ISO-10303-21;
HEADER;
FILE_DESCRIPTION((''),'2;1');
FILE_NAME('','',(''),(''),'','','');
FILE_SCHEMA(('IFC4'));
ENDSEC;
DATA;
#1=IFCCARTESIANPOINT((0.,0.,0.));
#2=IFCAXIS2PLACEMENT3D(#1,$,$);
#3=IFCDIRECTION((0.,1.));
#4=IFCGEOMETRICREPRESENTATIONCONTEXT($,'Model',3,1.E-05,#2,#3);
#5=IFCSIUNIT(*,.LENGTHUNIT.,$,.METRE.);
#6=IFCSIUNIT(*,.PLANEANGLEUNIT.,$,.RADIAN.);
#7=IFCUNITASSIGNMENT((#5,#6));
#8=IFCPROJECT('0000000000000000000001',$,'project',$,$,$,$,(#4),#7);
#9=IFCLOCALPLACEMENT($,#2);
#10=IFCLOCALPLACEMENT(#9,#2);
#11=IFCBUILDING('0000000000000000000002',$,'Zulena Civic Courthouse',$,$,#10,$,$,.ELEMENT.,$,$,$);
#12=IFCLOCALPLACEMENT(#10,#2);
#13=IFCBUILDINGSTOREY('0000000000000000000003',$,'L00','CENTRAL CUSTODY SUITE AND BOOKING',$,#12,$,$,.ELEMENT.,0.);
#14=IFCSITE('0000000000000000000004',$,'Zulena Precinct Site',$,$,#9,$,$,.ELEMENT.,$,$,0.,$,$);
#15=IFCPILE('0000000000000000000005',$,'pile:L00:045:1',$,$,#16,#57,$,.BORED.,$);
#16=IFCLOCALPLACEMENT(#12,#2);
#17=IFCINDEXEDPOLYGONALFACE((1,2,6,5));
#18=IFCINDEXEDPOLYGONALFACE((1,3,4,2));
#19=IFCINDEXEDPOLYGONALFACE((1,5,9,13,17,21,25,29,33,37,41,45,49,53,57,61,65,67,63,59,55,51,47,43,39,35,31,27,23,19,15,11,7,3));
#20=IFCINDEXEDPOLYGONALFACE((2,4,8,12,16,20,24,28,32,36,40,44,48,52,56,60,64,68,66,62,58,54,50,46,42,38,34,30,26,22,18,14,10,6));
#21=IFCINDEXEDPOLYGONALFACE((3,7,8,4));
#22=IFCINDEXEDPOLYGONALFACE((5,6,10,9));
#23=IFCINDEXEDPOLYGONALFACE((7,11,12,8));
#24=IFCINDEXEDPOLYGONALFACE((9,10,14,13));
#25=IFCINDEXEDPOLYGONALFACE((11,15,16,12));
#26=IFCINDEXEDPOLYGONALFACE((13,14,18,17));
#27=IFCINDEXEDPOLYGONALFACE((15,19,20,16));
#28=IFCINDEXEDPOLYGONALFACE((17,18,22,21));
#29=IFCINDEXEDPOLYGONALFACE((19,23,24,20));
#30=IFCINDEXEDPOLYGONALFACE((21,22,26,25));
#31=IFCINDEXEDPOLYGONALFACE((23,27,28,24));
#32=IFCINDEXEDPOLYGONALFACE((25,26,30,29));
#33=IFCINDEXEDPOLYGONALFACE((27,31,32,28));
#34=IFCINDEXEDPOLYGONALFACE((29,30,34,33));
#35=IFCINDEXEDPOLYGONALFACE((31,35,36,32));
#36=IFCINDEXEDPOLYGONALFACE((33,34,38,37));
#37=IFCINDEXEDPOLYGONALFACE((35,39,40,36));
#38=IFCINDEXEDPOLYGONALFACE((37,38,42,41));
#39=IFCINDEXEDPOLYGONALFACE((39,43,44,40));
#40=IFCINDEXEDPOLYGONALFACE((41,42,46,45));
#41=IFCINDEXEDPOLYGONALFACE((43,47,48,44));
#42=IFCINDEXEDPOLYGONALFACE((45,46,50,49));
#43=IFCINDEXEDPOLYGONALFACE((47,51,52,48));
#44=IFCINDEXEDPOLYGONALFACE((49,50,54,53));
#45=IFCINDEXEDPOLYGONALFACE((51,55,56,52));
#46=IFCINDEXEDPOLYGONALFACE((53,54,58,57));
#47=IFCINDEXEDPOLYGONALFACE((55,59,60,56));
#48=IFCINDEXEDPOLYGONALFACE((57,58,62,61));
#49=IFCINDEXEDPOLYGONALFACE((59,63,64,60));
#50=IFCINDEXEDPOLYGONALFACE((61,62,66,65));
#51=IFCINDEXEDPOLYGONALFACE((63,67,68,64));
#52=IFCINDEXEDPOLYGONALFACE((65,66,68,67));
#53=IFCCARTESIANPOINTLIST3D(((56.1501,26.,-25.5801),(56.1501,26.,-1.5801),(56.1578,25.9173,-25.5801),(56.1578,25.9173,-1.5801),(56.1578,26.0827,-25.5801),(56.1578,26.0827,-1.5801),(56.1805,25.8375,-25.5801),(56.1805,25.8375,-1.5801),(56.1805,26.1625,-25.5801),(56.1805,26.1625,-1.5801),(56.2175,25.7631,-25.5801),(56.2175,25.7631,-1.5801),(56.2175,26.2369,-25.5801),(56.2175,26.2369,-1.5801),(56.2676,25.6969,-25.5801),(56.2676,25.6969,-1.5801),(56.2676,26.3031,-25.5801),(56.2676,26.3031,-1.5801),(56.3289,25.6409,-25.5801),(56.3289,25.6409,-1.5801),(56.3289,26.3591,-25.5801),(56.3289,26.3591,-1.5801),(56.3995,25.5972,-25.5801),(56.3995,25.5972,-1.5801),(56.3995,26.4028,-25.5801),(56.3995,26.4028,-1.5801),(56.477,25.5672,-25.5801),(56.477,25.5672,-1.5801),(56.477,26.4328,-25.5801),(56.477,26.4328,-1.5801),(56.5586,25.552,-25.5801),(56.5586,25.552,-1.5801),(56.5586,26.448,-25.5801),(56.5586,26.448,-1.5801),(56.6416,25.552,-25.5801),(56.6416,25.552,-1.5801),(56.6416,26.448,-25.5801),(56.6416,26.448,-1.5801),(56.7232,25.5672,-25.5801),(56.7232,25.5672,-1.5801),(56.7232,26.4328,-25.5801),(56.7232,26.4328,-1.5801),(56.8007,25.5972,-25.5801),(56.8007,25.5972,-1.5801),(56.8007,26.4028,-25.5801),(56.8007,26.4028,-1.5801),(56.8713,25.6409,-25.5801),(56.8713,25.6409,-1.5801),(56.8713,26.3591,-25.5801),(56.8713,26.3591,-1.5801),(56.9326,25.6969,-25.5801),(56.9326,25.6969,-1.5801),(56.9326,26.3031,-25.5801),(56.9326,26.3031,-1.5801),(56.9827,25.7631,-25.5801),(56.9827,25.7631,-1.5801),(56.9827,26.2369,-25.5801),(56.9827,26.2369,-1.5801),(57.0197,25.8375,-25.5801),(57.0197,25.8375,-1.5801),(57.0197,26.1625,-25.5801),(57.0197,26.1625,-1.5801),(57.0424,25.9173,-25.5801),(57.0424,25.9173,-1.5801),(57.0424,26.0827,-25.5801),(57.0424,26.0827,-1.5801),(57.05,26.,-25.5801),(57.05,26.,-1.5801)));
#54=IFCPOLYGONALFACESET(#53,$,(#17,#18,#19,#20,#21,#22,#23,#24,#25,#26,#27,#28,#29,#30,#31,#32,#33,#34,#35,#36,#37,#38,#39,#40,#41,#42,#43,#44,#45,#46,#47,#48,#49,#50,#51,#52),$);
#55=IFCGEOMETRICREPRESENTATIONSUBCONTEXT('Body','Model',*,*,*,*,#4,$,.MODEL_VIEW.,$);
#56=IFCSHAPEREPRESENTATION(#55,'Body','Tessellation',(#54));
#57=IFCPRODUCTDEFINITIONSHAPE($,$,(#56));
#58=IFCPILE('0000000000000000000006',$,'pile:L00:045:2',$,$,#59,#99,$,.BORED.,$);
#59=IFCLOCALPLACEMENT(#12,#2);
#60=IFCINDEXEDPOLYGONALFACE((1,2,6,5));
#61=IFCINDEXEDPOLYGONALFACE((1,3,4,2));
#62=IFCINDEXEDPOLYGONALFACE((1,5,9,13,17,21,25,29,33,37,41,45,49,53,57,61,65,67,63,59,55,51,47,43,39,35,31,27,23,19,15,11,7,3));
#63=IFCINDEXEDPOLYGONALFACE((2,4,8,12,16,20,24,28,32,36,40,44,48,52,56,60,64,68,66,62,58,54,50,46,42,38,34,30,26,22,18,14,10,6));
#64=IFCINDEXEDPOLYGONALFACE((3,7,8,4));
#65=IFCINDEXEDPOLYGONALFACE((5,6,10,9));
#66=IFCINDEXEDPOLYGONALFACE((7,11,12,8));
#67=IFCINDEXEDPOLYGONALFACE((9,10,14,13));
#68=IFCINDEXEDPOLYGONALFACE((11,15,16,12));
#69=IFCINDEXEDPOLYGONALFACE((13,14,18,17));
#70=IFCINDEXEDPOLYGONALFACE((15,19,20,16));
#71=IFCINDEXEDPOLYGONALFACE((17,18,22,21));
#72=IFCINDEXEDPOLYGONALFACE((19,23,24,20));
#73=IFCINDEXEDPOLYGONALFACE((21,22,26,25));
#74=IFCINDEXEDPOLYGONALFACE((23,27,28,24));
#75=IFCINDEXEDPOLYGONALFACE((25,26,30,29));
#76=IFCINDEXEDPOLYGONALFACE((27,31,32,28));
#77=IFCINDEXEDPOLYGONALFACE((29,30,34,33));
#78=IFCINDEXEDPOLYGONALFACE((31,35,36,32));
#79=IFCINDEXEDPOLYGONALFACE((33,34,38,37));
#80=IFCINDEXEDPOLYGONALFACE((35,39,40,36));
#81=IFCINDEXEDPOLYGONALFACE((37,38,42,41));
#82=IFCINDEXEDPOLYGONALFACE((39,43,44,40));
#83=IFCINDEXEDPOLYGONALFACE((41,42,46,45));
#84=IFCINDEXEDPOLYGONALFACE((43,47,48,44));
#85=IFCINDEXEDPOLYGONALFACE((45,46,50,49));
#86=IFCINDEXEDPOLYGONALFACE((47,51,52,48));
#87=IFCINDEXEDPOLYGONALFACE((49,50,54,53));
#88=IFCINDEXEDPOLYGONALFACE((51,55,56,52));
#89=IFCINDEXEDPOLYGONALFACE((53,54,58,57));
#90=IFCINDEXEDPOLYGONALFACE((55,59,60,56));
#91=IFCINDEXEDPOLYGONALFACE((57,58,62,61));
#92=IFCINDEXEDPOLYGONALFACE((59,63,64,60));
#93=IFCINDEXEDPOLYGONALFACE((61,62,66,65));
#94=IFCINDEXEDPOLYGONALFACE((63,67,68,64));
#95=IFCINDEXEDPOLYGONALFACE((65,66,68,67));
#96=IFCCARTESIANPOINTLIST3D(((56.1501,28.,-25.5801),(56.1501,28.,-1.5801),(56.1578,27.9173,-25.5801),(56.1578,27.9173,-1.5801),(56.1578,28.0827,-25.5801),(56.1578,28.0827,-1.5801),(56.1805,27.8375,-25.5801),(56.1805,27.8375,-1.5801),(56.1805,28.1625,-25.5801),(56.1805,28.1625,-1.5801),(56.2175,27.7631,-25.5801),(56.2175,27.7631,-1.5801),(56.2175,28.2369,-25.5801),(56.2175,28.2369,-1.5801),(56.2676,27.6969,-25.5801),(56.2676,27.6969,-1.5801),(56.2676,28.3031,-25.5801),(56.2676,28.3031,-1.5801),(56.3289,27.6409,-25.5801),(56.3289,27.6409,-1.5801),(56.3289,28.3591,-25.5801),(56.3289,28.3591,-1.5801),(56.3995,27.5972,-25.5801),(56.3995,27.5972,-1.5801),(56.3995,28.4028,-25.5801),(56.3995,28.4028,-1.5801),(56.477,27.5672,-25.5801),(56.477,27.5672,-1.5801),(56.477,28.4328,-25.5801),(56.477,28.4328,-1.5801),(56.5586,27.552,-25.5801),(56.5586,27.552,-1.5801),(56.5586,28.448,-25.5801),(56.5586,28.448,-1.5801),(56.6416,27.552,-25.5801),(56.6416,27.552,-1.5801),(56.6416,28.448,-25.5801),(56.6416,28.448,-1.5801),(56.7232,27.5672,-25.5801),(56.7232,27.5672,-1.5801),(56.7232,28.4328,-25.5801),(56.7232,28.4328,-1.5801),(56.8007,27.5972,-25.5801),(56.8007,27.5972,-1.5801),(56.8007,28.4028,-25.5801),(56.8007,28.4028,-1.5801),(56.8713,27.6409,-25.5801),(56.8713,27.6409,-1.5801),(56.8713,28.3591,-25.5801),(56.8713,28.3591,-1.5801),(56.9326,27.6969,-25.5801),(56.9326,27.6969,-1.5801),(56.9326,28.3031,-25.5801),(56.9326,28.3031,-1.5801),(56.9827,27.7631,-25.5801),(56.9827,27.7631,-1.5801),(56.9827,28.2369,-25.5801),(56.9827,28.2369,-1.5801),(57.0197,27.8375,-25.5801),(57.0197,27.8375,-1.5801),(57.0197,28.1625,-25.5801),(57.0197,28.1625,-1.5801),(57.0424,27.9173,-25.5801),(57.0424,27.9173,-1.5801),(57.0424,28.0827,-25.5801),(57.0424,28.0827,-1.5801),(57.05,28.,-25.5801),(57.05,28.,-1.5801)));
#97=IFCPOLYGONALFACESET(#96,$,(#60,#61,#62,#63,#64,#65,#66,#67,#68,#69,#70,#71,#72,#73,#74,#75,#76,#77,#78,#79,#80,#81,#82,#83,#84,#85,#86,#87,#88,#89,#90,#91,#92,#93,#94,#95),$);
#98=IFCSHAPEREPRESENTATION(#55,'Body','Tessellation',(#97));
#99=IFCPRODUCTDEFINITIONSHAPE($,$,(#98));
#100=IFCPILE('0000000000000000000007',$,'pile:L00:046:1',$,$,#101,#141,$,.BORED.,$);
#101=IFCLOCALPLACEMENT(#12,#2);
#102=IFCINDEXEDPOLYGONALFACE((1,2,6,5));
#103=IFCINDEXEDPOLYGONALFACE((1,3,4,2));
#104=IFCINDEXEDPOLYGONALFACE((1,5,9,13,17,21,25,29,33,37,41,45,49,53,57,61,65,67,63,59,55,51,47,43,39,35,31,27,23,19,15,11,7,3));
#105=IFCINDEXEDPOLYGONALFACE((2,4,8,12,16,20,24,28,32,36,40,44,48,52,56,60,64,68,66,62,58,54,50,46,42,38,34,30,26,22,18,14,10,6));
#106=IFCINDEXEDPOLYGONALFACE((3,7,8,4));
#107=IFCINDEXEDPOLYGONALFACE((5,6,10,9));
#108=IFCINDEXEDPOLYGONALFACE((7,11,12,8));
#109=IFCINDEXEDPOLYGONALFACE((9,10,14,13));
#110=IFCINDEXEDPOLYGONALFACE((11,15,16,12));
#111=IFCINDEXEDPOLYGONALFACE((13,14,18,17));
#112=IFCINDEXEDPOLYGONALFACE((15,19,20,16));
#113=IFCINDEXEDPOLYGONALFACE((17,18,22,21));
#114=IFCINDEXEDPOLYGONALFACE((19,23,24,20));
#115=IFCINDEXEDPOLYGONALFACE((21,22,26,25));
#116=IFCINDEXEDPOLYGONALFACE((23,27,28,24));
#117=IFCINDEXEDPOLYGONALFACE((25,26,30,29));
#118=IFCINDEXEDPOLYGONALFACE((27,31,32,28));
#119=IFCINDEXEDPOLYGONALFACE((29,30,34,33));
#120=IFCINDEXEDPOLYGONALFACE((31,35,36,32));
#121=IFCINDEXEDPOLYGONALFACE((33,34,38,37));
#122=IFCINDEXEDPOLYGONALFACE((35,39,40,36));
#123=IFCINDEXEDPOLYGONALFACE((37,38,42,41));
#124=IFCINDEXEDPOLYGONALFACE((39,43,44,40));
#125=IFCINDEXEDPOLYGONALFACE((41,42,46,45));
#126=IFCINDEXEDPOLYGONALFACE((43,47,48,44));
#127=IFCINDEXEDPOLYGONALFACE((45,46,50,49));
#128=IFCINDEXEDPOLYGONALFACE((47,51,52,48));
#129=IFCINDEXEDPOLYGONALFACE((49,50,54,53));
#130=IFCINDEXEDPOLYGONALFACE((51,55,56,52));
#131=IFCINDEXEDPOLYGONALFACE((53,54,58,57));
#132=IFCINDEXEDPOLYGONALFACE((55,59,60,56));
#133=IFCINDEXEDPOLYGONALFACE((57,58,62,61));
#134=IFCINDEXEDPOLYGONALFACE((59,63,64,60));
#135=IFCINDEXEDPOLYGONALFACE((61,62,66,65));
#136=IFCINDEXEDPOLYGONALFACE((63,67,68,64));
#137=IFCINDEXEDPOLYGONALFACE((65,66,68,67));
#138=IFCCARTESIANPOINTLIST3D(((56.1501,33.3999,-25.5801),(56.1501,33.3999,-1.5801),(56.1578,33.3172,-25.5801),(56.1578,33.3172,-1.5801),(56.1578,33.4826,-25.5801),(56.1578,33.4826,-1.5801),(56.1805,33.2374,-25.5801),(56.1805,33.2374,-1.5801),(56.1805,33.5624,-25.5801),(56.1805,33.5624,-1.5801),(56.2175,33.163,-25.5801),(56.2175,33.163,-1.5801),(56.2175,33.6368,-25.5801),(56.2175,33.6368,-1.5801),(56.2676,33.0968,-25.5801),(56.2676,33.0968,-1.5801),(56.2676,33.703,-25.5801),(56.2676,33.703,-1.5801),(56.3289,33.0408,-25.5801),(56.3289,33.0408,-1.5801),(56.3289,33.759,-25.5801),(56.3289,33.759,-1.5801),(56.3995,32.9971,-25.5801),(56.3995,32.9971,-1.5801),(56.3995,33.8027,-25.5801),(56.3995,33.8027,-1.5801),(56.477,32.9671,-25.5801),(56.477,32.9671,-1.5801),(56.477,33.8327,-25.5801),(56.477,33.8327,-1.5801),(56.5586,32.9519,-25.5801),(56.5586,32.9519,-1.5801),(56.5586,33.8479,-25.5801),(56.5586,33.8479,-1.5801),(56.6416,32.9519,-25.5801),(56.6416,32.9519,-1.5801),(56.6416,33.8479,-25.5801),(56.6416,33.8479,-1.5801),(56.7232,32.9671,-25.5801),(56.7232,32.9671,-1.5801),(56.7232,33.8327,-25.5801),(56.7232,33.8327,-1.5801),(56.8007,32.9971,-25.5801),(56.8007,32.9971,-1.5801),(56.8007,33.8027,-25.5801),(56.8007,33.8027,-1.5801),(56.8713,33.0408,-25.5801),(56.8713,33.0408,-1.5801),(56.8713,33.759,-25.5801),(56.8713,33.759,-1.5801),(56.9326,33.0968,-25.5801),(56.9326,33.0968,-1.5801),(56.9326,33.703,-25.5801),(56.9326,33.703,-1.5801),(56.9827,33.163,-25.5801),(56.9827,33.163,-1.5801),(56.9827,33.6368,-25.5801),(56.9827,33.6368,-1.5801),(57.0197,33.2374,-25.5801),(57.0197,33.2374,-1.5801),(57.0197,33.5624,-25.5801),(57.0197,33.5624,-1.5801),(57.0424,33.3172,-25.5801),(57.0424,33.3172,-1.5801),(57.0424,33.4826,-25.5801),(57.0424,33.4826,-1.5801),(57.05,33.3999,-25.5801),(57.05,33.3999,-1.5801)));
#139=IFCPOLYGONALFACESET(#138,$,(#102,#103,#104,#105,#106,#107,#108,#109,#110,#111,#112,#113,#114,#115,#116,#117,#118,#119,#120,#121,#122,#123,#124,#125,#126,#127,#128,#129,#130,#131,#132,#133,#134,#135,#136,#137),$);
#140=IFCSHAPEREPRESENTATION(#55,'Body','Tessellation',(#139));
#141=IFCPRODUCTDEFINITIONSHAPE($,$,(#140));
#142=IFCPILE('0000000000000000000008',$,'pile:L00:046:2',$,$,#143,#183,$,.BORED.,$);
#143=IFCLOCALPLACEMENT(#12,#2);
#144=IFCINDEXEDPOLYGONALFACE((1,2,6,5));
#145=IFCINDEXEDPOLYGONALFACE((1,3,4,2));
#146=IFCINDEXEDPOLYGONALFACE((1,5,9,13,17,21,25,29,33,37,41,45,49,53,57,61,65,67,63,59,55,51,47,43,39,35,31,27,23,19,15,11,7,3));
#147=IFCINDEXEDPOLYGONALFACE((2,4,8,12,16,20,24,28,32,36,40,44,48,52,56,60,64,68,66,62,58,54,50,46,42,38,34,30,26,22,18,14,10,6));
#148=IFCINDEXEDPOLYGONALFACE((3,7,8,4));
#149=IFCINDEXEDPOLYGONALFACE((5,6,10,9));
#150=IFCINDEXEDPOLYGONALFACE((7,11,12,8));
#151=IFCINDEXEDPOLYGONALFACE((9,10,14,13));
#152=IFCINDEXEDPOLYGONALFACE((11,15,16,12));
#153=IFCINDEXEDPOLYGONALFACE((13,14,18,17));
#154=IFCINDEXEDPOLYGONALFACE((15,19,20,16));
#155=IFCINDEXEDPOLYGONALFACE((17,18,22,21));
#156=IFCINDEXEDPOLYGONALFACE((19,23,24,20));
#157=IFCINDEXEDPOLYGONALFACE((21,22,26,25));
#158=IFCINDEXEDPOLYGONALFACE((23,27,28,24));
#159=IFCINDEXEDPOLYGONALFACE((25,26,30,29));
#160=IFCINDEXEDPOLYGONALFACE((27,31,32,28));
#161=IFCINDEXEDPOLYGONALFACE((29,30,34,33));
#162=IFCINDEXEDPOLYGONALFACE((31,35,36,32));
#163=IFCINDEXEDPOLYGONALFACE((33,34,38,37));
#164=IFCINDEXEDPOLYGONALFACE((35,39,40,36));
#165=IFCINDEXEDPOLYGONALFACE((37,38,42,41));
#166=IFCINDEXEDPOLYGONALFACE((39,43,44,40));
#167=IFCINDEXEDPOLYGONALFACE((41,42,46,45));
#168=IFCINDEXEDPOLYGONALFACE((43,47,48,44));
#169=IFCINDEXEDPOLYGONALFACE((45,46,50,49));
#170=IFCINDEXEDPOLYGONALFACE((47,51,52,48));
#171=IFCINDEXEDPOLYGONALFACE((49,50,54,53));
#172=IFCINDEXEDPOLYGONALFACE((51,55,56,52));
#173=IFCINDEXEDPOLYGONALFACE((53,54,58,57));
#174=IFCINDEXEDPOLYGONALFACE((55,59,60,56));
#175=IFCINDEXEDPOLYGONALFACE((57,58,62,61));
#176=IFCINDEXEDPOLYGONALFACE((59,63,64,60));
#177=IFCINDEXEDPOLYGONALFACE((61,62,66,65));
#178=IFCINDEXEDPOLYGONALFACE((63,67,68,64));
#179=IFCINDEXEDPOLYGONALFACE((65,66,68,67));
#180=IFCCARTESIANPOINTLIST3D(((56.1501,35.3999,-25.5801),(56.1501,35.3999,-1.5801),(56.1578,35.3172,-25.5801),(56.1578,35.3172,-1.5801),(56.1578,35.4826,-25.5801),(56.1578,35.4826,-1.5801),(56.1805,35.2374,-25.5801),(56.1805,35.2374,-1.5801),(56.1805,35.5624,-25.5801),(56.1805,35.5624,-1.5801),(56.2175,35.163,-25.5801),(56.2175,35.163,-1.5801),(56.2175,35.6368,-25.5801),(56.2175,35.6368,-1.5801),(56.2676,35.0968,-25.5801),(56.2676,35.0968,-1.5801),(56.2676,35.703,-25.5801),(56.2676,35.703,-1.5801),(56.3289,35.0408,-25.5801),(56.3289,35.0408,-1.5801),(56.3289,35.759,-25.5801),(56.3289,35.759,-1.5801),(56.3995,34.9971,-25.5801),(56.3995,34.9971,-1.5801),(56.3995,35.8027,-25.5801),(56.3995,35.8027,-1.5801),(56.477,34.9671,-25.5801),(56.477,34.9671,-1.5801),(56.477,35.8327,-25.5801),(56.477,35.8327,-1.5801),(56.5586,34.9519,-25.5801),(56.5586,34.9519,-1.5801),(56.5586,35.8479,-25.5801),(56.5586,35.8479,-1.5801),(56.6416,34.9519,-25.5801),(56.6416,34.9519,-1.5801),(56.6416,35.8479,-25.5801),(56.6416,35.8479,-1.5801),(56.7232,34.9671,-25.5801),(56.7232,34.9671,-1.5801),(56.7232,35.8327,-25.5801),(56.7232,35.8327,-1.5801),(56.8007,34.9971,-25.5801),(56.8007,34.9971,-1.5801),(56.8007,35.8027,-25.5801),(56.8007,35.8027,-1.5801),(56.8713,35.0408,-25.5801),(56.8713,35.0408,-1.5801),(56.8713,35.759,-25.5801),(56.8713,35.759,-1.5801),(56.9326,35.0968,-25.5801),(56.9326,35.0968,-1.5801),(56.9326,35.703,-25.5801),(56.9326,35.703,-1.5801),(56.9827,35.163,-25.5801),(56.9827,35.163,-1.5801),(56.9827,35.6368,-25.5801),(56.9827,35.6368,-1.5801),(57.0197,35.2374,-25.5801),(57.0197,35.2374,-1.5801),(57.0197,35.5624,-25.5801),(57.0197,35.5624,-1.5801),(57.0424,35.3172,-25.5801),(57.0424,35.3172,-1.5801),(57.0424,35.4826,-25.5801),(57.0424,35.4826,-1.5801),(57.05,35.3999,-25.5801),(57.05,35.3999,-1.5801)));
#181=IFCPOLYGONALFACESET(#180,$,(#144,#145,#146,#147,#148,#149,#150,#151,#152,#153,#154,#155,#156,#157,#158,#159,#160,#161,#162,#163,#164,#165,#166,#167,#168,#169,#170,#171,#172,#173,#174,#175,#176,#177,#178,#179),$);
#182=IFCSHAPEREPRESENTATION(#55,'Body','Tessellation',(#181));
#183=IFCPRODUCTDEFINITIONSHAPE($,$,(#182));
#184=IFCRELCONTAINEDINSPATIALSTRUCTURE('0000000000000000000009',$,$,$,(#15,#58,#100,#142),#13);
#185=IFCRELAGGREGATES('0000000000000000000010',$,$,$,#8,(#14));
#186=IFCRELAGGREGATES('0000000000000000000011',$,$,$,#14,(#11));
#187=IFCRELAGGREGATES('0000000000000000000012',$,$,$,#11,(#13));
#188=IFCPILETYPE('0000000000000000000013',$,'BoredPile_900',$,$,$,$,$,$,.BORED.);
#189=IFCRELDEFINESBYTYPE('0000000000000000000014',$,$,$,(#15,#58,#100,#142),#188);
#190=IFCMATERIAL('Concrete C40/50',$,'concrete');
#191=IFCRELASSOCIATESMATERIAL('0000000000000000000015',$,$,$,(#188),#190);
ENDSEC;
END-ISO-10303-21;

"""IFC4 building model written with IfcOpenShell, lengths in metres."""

from ifc_helpers import new_model, si_unit, direction, frame, origin, origin_2d, place, context, subcontext, project, spatial, circle, extrude, material, material_profile, profile_set, type_object, element, save


model = new_model("IFC4")

# Units and contexts
model_context = context("Model", 3, precision=1e-05, world=origin(), true_north=direction((0.0, 1.0)))
body_context = subcontext(model_context, "Body", "Model", "MODEL_VIEW")
ifc_project = project(units=[si_unit("LENGTHUNIT", "METRE"), si_unit("PLANEANGLEUNIT", "RADIAN")], contexts=[model_context])

# Site, building, storey
site_placement = place(None, origin())
site = spatial("IfcSite", under=ifc_project, at=site_placement, Name="Zulena Precinct Site", CompositionType="ELEMENT", RefElevation=0.0)
building_placement = place(site_placement, origin())
building = spatial("IfcBuilding", under=site, at=building_placement, Name="Zulena Civic Courthouse", CompositionType="ELEMENT")
storey_placement = place(building_placement, origin())
storey = spatial("IfcBuildingStorey", under=building, at=storey_placement, Name="L00", Description="CENTRAL CUSTODY SUITE AND BOOKING", CompositionType="ELEMENT", Elevation=0.0)

# Piles
ifc_material_1 = material(Name="Concrete C40/50", Category="concrete")
ifc_material_profile_1 = material_profile(ifc_material_1, circle(Radius=0.45, at=origin_2d()), Name="PILE900")
ifc_profile_set_1 = profile_set([ifc_material_profile_1], Name="Concrete C40/50")
pile_type_1 = type_object("IfcPileType", Name="BoredPile_900", PredefinedType="BORED", material=ifc_profile_set_1)
for number, where, z_axis, x_axis, name in (
    (1, (56.6001, 26.0, -1.5801), (0.0, 0.0, -1.0), (1.0, 0.0, 0.0), "pile:L00:045:1"),
    (2, (56.6001, 28.0, -1.5801), (0.0, 0.0, -1.0), (1.0, 0.0, 0.0), "pile:L00:045:2"),
    (3, (56.6001, 33.3999, -1.5801), (0.0, 0.0, -1.0), (1.0, 0.0, 0.0), "pile:L00:046:1"),
    (4, (56.6001, 35.3999, -1.5801), (0.0, 0.0, -1.0), (1.0, 0.0, 0.0), "pile:L00:046:2"),
):
    element("IfcPile", number, at=place(storey_placement, frame(where, z_axis=z_axis, x_axis=x_axis)), inside=storey, type_object=pile_type_1, Name=name, PredefinedType="BORED", context=body_context, shape_type="SweptSolid", body=[
        extrude(circle(Radius=0.45, at=origin_2d()), origin(), (0.0, 0.0, 1.0), 24.0),
    ])

save(model, "model.ifc")
